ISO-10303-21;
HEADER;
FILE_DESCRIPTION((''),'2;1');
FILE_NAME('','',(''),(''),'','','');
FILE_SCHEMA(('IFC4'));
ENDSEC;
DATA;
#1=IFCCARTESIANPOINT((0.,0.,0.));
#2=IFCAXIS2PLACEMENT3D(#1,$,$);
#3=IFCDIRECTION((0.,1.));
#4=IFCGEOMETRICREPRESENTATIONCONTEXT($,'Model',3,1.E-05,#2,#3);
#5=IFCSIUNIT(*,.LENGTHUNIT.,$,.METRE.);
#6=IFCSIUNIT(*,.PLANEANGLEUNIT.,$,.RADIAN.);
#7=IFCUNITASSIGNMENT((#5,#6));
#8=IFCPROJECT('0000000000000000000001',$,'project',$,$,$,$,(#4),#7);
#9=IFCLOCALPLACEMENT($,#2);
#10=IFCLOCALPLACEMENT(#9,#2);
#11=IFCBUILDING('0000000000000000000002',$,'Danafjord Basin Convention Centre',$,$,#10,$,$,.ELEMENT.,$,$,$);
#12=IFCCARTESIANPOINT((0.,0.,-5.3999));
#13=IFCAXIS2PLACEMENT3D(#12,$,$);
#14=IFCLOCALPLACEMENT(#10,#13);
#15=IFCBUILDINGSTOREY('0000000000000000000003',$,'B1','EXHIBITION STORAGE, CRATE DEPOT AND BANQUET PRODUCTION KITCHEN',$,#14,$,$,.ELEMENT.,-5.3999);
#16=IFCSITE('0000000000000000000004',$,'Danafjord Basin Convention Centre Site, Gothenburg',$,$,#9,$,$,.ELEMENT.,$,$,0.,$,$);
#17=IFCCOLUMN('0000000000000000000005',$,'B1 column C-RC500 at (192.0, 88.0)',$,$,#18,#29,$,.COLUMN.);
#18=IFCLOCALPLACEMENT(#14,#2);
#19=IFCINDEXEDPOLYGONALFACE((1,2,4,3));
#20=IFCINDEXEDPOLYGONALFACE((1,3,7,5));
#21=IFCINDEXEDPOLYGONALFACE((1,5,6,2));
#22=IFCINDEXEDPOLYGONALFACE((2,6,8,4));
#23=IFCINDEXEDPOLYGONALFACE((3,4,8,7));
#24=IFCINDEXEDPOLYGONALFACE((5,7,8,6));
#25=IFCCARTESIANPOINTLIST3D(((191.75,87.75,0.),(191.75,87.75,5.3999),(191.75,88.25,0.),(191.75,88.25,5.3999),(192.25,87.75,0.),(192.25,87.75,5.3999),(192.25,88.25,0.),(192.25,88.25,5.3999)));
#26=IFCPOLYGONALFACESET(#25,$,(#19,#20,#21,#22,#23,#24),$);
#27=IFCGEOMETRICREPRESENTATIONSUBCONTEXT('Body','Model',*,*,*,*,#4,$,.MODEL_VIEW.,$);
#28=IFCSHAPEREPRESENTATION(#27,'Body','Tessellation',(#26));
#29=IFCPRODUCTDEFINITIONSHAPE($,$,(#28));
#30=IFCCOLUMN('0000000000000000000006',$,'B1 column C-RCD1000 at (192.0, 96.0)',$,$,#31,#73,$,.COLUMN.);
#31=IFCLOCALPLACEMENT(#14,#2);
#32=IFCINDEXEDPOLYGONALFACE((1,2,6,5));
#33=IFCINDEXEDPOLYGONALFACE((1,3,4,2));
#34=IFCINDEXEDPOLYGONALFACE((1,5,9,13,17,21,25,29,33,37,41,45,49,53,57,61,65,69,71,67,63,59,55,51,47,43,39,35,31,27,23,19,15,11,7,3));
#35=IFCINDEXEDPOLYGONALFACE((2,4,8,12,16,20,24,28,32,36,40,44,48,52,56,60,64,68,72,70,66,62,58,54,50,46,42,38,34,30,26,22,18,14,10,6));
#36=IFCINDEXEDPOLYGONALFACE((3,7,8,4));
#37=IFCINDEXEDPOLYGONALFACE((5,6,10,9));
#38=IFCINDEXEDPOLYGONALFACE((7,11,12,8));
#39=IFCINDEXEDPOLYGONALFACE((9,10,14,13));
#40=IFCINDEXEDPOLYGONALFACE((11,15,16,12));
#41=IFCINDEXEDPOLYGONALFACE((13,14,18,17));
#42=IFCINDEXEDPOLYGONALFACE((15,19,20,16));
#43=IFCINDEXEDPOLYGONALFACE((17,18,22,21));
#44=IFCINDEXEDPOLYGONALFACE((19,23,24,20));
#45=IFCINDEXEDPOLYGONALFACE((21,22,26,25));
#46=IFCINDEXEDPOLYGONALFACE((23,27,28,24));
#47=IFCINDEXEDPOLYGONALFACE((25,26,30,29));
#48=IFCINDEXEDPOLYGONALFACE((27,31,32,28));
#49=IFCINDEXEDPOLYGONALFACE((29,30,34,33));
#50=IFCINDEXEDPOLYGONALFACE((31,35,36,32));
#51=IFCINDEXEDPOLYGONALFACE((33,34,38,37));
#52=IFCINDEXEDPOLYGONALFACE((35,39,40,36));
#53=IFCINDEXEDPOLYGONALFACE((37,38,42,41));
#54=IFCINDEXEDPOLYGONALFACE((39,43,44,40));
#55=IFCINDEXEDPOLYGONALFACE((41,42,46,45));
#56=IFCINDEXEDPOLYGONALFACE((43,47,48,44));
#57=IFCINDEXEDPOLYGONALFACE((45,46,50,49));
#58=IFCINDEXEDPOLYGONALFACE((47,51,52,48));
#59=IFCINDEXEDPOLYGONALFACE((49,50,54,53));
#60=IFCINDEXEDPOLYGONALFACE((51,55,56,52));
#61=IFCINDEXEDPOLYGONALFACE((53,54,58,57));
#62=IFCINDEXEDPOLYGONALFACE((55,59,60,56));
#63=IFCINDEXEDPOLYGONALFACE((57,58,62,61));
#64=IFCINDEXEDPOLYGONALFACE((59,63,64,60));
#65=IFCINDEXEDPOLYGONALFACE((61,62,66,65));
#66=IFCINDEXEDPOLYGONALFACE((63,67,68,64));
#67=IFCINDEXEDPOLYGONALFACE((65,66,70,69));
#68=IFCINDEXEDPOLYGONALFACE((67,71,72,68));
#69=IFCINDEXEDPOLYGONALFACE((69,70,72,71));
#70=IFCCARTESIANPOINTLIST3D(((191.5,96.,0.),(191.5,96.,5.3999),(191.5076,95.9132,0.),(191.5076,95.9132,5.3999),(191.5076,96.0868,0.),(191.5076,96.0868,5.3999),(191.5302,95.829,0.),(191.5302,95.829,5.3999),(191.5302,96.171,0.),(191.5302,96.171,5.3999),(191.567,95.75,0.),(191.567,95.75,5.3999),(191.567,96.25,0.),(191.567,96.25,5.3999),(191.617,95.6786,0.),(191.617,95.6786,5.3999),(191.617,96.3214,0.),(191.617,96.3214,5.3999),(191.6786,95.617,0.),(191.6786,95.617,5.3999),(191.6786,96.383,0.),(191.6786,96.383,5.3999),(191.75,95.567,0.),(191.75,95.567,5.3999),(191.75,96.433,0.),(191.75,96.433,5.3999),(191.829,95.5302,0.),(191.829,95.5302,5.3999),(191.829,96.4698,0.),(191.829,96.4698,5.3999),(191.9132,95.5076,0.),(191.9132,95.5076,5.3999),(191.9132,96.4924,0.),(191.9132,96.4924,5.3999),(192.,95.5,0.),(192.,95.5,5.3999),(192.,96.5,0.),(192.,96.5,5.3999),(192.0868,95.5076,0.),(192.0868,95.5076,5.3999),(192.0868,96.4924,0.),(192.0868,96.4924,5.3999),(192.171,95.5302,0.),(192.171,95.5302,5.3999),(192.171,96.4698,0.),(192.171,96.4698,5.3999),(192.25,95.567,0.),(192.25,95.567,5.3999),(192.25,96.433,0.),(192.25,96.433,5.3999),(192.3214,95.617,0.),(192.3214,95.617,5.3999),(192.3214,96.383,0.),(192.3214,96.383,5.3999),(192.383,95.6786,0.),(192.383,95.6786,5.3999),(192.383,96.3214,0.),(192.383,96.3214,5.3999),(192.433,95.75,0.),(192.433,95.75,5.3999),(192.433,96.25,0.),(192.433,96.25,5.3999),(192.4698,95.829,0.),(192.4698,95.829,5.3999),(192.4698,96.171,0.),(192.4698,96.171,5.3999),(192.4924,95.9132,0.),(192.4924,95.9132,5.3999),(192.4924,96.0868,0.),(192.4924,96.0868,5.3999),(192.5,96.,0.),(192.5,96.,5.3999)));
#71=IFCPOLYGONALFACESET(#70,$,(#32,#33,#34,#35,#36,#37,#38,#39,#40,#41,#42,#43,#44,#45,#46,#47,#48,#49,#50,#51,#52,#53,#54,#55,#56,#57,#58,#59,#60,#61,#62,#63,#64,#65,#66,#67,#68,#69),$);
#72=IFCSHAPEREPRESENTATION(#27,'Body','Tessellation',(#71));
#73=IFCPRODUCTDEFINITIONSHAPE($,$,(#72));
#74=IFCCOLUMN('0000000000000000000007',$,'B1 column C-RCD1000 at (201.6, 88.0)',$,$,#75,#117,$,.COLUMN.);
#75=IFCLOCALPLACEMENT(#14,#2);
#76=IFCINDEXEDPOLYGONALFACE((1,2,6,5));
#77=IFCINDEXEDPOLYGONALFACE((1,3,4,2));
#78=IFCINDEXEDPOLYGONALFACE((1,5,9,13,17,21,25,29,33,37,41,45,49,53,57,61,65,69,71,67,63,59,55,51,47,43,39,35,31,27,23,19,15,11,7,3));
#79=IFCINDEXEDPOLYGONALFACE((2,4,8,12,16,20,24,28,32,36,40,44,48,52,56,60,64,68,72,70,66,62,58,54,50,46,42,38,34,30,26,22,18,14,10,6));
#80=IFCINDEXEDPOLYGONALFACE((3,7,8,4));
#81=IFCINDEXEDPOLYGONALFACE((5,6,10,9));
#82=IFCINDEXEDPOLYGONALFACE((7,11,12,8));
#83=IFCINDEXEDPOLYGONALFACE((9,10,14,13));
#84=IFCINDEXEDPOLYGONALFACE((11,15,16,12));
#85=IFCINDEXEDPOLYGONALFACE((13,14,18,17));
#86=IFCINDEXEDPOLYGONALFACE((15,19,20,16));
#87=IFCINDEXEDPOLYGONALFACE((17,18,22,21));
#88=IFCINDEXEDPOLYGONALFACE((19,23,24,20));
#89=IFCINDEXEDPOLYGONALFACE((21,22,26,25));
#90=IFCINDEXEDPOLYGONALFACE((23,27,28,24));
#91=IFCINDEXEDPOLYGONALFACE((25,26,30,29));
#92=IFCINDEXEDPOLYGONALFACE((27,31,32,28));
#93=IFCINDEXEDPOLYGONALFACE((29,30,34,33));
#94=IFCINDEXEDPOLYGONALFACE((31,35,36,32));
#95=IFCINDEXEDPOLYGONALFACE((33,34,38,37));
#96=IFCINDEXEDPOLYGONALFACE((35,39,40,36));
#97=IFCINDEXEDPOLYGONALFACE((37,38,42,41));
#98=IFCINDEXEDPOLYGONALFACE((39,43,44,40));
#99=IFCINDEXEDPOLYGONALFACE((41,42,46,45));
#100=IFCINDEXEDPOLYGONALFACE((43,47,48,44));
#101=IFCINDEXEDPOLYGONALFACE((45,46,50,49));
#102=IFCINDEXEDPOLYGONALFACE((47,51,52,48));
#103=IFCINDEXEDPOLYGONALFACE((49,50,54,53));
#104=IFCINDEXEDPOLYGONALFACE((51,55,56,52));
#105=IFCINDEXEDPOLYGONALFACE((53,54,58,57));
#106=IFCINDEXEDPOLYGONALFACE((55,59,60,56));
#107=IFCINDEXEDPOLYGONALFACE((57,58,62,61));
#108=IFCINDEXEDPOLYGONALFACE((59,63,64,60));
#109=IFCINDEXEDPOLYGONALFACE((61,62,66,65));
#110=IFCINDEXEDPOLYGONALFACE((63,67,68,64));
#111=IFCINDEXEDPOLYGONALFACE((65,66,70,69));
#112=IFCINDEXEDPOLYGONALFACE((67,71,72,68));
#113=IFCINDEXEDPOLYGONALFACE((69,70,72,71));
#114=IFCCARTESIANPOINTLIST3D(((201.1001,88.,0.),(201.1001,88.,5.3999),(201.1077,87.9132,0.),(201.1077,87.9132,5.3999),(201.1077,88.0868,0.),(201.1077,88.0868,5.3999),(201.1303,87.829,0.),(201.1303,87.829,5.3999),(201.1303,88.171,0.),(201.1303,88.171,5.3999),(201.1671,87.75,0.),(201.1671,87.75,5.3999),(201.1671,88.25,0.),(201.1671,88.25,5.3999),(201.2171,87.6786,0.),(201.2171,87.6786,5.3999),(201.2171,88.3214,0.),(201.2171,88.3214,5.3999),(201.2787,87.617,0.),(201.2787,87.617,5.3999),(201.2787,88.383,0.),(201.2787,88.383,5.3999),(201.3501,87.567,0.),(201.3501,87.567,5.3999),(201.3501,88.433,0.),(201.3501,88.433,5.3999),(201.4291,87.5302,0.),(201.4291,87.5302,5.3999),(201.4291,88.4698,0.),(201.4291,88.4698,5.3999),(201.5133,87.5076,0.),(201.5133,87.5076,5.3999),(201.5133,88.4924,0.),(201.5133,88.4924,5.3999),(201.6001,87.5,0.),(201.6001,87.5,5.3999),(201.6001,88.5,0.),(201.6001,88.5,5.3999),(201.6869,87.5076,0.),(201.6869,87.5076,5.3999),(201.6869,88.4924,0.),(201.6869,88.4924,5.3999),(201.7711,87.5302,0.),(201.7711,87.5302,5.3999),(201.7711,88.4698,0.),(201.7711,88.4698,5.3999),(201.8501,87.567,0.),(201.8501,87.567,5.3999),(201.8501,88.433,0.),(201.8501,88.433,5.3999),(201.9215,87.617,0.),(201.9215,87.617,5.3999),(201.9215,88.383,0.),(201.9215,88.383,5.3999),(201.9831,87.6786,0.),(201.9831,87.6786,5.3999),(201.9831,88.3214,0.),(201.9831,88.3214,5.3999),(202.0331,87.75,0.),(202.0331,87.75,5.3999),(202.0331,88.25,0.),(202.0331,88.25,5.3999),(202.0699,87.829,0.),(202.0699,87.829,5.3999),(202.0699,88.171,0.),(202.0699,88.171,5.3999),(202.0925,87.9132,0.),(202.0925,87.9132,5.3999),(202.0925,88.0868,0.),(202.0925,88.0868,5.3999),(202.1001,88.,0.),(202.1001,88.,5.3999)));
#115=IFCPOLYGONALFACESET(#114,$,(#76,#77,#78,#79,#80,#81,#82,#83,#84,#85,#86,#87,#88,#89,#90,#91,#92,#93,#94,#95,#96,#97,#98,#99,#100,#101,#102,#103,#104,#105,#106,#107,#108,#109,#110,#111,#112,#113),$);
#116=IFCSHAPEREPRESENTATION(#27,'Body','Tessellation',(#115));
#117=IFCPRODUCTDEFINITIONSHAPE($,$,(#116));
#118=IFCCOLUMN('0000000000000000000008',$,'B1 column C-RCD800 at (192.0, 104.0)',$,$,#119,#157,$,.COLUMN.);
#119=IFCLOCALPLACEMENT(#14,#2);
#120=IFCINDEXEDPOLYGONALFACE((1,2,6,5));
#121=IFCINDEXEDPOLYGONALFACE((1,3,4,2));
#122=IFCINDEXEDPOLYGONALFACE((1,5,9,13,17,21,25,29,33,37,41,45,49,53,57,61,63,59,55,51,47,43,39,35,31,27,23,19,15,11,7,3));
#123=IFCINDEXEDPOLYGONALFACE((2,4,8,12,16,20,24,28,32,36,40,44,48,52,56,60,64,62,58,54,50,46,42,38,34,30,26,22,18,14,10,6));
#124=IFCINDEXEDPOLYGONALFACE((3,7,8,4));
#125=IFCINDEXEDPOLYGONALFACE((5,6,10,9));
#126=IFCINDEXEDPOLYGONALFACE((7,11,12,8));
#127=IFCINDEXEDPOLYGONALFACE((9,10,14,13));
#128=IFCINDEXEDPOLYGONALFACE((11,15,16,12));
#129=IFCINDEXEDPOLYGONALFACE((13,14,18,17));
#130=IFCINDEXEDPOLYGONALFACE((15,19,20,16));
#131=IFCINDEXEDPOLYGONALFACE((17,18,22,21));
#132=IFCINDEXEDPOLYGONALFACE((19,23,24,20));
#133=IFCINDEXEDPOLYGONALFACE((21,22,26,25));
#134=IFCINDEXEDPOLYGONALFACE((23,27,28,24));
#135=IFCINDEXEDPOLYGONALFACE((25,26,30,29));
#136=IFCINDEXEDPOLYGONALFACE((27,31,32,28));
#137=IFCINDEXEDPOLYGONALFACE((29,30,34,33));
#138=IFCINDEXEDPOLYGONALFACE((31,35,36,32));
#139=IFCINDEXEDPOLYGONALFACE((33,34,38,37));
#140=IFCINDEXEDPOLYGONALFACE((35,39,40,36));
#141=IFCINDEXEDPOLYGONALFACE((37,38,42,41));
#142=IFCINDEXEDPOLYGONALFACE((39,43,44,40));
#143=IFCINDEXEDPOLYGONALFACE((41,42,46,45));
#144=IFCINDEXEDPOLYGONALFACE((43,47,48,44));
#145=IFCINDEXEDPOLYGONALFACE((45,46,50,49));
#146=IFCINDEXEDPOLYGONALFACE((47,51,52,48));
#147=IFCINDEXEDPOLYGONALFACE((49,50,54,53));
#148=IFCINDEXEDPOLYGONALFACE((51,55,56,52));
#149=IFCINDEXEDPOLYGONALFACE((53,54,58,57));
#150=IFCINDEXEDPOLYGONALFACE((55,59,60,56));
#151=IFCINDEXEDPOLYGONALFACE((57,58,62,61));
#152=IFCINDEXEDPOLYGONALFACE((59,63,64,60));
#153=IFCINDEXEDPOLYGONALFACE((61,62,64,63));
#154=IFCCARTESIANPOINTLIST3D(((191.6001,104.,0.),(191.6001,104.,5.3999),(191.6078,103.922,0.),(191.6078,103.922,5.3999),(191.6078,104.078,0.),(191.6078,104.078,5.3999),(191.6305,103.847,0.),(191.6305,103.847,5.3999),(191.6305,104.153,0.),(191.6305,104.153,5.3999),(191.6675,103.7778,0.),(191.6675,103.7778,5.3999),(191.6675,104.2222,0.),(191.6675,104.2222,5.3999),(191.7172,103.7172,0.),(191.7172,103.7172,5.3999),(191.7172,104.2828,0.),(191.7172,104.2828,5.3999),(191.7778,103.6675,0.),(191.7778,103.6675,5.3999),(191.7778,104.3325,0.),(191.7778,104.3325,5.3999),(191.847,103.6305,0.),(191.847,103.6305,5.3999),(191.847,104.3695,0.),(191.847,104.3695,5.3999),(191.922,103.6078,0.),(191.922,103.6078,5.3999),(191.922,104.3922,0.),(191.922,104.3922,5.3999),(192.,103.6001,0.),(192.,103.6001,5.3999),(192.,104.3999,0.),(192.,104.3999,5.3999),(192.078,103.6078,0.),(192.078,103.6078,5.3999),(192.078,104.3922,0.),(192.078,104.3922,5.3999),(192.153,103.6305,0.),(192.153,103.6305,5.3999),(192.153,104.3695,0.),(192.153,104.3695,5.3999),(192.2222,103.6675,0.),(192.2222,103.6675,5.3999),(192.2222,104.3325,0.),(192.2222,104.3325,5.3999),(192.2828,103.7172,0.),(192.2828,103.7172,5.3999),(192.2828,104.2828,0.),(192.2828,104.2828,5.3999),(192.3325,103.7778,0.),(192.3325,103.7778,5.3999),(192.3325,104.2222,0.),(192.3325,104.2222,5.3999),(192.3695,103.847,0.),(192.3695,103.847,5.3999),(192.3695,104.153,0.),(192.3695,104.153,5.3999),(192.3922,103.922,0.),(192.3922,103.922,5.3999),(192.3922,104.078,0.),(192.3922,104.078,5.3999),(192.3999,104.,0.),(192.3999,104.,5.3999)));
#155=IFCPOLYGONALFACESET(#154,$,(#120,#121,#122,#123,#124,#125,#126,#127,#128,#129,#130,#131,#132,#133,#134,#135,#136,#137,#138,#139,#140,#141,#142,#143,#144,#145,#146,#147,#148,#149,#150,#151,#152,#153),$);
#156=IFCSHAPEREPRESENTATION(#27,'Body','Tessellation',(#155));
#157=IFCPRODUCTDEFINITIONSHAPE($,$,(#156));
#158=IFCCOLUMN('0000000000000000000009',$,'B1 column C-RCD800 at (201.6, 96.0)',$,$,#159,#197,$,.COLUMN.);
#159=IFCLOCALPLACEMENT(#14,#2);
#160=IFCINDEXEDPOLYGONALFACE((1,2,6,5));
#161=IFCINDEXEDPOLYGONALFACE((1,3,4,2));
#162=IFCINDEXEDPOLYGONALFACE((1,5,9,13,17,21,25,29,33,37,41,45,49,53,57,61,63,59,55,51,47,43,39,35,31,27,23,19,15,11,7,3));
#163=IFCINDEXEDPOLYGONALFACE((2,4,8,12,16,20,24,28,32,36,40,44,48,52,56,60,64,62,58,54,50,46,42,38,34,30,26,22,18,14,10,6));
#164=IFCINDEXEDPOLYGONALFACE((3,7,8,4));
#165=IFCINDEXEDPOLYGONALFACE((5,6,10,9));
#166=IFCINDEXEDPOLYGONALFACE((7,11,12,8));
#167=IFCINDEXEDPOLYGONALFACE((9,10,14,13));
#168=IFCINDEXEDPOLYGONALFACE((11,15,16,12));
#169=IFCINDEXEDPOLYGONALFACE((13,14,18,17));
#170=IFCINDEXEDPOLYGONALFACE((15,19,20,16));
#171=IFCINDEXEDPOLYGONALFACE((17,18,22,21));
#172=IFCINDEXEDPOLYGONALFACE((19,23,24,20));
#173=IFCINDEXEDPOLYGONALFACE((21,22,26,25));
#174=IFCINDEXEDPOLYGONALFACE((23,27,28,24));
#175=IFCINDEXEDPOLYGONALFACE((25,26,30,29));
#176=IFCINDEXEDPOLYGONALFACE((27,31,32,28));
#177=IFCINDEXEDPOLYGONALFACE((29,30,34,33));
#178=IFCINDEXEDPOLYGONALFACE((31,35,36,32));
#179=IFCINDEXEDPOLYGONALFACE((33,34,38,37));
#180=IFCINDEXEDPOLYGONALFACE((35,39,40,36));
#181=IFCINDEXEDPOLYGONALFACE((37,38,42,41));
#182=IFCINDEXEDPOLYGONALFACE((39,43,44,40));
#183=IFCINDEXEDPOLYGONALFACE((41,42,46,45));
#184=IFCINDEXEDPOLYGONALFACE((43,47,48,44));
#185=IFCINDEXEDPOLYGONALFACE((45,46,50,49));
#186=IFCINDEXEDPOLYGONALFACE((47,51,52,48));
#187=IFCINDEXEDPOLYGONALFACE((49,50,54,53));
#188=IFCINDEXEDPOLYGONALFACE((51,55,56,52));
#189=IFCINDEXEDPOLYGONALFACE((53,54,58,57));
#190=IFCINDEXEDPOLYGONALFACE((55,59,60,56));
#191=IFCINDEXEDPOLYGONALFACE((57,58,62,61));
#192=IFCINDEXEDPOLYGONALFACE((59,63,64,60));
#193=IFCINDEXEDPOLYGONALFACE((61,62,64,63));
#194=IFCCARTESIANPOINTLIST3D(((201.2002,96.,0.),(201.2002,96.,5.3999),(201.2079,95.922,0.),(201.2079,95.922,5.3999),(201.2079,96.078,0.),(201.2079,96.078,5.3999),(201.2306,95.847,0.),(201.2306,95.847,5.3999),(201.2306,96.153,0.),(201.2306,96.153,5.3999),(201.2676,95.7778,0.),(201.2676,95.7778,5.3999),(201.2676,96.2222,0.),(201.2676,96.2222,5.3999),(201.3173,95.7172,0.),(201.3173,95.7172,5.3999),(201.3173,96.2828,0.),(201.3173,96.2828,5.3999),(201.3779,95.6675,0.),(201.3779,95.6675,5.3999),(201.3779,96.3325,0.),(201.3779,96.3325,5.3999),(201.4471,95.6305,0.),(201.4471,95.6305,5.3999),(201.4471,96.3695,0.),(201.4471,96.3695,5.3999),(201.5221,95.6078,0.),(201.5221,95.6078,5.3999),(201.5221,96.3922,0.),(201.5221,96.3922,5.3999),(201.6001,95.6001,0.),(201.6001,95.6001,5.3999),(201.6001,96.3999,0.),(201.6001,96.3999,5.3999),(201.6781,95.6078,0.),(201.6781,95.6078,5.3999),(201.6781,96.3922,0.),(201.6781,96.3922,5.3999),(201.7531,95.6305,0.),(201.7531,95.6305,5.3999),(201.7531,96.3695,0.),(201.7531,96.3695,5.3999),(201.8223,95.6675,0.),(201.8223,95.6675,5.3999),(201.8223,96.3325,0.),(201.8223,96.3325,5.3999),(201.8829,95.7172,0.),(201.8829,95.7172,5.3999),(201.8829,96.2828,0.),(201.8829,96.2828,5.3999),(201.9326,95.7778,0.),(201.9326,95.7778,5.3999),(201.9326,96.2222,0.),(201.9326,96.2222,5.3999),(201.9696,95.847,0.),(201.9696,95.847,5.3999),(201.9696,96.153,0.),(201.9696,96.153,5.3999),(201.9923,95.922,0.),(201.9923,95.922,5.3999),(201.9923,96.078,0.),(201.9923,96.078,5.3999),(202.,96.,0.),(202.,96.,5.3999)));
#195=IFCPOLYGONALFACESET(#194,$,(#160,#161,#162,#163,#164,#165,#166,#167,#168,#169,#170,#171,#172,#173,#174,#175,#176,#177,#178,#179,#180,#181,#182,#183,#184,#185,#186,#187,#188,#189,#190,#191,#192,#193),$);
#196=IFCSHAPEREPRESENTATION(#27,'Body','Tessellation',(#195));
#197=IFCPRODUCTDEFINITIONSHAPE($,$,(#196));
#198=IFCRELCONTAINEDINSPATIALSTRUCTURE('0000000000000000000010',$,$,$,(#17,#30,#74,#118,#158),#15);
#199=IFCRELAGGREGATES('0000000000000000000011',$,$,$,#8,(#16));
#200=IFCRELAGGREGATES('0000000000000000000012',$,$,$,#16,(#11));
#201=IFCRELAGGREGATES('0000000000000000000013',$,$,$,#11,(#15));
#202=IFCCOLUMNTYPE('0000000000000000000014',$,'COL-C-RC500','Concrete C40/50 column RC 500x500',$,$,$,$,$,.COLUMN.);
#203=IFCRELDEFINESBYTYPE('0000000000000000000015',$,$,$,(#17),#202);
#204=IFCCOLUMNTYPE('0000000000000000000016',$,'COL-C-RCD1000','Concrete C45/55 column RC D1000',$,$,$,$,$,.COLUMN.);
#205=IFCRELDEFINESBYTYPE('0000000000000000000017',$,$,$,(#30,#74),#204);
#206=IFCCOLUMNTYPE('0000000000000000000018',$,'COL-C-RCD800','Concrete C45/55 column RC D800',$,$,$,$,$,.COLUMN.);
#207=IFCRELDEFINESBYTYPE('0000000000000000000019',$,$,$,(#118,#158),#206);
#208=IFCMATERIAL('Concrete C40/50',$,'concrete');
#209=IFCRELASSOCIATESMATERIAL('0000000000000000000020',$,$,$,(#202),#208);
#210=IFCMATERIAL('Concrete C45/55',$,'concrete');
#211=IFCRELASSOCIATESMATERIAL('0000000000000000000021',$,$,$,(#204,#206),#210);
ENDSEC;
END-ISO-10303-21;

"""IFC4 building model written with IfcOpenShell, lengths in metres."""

from ifc_helpers import new_model, si_unit, direction, frame, origin, origin_2d, place, context, subcontext, project, spatial, rectangle, circle, extrude, material, material_profile, profile_set, type_object, element, save


model = new_model("IFC4")

# Units and contexts
model_context = context("Model", 3, precision=1e-05, world=origin(), true_north=direction((0.0, 1.0)))
body_context = subcontext(model_context, "Body", "Model", "MODEL_VIEW")
ifc_project = project(units=[si_unit("LENGTHUNIT", "METRE"), si_unit("PLANEANGLEUNIT", "RADIAN")], contexts=[model_context])

# Site, building, storey
site_placement = place(None, origin())
site = spatial("IfcSite", under=ifc_project, at=site_placement, Name="Danafjord Basin Convention Centre Site, Gothenburg", CompositionType="ELEMENT", RefElevation=0.0)
building_placement = place(site_placement, origin())
building = spatial("IfcBuilding", under=site, at=building_placement, Name="Danafjord Basin Convention Centre", CompositionType="ELEMENT")
storey_placement = place(building_placement, frame((0.0, 0.0, -5.3999)))
storey = spatial("IfcBuildingStorey", under=building, at=storey_placement, Name="B1", Description="EXHIBITION STORAGE, CRATE DEPOT AND BANQUET PRODUCTION KITCHEN", CompositionType="ELEMENT", Elevation=-5.3999)

# Shared definitions
ifc_material_1 = material(Name="Concrete C40/50", Category="concrete")

# Columns
ifc_material_2 = material(Name="Concrete C45/55", Category="concrete")
ifc_material_profile_1 = material_profile(ifc_material_1, rectangle(XDim=0.5, YDim=0.5, at=origin_2d()), Name="RC 500x500")
ifc_profile_set_1 = profile_set([ifc_material_profile_1], Name="Concrete C40/50")
column_type_1 = type_object("IfcColumnType", Name="COL-C-RC500", Description="Concrete C40/50 column RC 500x500", PredefinedType="COLUMN", material=ifc_profile_set_1)
column_placement = place(storey_placement, frame((192.0, 88.0, 0.0), z_axis=(0.0, 0.0, 1.0), x_axis=(1.0, 0.0, 0.0)))
element("IfcColumn", 1, at=column_placement, inside=storey, type_object=column_type_1, Name="B1 column C-RC500 at (192.0, 88.0)", PredefinedType="COLUMN", context=body_context, shape_type="SweptSolid", body=[
    extrude(rectangle(XDim=0.5, YDim=0.5, at=origin_2d()), origin(), (0.0, 0.0, 1.0), 5.3999),
])
ifc_material_profile_2 = material_profile(ifc_material_2, circle(Radius=0.5, at=origin_2d()), Name="RC D1000")
ifc_profile_set_2 = profile_set([ifc_material_profile_2], Name="Concrete C45/55")
column_type_2 = type_object("IfcColumnType", Name="COL-C-RCD1000", Description="Concrete C45/55 column RC D1000", PredefinedType="COLUMN", material=ifc_profile_set_2)
for number, where, z_axis, x_axis, name in (
    (2, (192.0, 96.0, 0.0), (0.0, 0.0, 1.0), (1.0, 0.0, 0.0), "B1 column C-RCD1000 at (192.0, 96.0)"),
    (3, (201.6001, 88.0, 0.0), (0.0, 0.0, 1.0), (1.0, 0.0, 0.0), "B1 column C-RCD1000 at (201.6, 88.0)"),
):
    element("IfcColumn", number, at=place(storey_placement, frame(where, z_axis=z_axis, x_axis=x_axis)), inside=storey, type_object=column_type_2, Name=name, PredefinedType="COLUMN", context=body_context, shape_type="SweptSolid", body=[
        extrude(circle(Radius=0.5, at=origin_2d()), origin(), (0.0, 0.0, 1.0), 5.3999),
    ])
ifc_material_profile_3 = material_profile(ifc_material_2, circle(Radius=0.3999, at=origin_2d()), Name="RC D800")
ifc_profile_set_3 = profile_set([ifc_material_profile_3], Name="Concrete C45/55")
column_type_3 = type_object("IfcColumnType", Name="COL-C-RCD800", Description="Concrete C45/55 column RC D800", PredefinedType="COLUMN", material=ifc_profile_set_3)
for number, where, z_axis, x_axis, name in (
    (4, (192.0, 104.0, 0.0), (0.0, 0.0, 1.0), (1.0, 0.0, 0.0), "B1 column C-RCD800 at (192.0, 104.0)"),
    (5, (201.6001, 96.0, 0.0), (0.0, 0.0, 1.0), (1.0, 0.0, 0.0), "B1 column C-RCD800 at (201.6, 96.0)"),
):
    element("IfcColumn", number, at=place(storey_placement, frame(where, z_axis=z_axis, x_axis=x_axis)), inside=storey, type_object=column_type_3, Name=name, PredefinedType="COLUMN", context=body_context, shape_type="SweptSolid", body=[
        extrude(circle(Radius=0.3999, at=origin_2d()), origin(), (0.0, 0.0, 1.0), 5.3999),
    ])

save(model, "model.ifc")
